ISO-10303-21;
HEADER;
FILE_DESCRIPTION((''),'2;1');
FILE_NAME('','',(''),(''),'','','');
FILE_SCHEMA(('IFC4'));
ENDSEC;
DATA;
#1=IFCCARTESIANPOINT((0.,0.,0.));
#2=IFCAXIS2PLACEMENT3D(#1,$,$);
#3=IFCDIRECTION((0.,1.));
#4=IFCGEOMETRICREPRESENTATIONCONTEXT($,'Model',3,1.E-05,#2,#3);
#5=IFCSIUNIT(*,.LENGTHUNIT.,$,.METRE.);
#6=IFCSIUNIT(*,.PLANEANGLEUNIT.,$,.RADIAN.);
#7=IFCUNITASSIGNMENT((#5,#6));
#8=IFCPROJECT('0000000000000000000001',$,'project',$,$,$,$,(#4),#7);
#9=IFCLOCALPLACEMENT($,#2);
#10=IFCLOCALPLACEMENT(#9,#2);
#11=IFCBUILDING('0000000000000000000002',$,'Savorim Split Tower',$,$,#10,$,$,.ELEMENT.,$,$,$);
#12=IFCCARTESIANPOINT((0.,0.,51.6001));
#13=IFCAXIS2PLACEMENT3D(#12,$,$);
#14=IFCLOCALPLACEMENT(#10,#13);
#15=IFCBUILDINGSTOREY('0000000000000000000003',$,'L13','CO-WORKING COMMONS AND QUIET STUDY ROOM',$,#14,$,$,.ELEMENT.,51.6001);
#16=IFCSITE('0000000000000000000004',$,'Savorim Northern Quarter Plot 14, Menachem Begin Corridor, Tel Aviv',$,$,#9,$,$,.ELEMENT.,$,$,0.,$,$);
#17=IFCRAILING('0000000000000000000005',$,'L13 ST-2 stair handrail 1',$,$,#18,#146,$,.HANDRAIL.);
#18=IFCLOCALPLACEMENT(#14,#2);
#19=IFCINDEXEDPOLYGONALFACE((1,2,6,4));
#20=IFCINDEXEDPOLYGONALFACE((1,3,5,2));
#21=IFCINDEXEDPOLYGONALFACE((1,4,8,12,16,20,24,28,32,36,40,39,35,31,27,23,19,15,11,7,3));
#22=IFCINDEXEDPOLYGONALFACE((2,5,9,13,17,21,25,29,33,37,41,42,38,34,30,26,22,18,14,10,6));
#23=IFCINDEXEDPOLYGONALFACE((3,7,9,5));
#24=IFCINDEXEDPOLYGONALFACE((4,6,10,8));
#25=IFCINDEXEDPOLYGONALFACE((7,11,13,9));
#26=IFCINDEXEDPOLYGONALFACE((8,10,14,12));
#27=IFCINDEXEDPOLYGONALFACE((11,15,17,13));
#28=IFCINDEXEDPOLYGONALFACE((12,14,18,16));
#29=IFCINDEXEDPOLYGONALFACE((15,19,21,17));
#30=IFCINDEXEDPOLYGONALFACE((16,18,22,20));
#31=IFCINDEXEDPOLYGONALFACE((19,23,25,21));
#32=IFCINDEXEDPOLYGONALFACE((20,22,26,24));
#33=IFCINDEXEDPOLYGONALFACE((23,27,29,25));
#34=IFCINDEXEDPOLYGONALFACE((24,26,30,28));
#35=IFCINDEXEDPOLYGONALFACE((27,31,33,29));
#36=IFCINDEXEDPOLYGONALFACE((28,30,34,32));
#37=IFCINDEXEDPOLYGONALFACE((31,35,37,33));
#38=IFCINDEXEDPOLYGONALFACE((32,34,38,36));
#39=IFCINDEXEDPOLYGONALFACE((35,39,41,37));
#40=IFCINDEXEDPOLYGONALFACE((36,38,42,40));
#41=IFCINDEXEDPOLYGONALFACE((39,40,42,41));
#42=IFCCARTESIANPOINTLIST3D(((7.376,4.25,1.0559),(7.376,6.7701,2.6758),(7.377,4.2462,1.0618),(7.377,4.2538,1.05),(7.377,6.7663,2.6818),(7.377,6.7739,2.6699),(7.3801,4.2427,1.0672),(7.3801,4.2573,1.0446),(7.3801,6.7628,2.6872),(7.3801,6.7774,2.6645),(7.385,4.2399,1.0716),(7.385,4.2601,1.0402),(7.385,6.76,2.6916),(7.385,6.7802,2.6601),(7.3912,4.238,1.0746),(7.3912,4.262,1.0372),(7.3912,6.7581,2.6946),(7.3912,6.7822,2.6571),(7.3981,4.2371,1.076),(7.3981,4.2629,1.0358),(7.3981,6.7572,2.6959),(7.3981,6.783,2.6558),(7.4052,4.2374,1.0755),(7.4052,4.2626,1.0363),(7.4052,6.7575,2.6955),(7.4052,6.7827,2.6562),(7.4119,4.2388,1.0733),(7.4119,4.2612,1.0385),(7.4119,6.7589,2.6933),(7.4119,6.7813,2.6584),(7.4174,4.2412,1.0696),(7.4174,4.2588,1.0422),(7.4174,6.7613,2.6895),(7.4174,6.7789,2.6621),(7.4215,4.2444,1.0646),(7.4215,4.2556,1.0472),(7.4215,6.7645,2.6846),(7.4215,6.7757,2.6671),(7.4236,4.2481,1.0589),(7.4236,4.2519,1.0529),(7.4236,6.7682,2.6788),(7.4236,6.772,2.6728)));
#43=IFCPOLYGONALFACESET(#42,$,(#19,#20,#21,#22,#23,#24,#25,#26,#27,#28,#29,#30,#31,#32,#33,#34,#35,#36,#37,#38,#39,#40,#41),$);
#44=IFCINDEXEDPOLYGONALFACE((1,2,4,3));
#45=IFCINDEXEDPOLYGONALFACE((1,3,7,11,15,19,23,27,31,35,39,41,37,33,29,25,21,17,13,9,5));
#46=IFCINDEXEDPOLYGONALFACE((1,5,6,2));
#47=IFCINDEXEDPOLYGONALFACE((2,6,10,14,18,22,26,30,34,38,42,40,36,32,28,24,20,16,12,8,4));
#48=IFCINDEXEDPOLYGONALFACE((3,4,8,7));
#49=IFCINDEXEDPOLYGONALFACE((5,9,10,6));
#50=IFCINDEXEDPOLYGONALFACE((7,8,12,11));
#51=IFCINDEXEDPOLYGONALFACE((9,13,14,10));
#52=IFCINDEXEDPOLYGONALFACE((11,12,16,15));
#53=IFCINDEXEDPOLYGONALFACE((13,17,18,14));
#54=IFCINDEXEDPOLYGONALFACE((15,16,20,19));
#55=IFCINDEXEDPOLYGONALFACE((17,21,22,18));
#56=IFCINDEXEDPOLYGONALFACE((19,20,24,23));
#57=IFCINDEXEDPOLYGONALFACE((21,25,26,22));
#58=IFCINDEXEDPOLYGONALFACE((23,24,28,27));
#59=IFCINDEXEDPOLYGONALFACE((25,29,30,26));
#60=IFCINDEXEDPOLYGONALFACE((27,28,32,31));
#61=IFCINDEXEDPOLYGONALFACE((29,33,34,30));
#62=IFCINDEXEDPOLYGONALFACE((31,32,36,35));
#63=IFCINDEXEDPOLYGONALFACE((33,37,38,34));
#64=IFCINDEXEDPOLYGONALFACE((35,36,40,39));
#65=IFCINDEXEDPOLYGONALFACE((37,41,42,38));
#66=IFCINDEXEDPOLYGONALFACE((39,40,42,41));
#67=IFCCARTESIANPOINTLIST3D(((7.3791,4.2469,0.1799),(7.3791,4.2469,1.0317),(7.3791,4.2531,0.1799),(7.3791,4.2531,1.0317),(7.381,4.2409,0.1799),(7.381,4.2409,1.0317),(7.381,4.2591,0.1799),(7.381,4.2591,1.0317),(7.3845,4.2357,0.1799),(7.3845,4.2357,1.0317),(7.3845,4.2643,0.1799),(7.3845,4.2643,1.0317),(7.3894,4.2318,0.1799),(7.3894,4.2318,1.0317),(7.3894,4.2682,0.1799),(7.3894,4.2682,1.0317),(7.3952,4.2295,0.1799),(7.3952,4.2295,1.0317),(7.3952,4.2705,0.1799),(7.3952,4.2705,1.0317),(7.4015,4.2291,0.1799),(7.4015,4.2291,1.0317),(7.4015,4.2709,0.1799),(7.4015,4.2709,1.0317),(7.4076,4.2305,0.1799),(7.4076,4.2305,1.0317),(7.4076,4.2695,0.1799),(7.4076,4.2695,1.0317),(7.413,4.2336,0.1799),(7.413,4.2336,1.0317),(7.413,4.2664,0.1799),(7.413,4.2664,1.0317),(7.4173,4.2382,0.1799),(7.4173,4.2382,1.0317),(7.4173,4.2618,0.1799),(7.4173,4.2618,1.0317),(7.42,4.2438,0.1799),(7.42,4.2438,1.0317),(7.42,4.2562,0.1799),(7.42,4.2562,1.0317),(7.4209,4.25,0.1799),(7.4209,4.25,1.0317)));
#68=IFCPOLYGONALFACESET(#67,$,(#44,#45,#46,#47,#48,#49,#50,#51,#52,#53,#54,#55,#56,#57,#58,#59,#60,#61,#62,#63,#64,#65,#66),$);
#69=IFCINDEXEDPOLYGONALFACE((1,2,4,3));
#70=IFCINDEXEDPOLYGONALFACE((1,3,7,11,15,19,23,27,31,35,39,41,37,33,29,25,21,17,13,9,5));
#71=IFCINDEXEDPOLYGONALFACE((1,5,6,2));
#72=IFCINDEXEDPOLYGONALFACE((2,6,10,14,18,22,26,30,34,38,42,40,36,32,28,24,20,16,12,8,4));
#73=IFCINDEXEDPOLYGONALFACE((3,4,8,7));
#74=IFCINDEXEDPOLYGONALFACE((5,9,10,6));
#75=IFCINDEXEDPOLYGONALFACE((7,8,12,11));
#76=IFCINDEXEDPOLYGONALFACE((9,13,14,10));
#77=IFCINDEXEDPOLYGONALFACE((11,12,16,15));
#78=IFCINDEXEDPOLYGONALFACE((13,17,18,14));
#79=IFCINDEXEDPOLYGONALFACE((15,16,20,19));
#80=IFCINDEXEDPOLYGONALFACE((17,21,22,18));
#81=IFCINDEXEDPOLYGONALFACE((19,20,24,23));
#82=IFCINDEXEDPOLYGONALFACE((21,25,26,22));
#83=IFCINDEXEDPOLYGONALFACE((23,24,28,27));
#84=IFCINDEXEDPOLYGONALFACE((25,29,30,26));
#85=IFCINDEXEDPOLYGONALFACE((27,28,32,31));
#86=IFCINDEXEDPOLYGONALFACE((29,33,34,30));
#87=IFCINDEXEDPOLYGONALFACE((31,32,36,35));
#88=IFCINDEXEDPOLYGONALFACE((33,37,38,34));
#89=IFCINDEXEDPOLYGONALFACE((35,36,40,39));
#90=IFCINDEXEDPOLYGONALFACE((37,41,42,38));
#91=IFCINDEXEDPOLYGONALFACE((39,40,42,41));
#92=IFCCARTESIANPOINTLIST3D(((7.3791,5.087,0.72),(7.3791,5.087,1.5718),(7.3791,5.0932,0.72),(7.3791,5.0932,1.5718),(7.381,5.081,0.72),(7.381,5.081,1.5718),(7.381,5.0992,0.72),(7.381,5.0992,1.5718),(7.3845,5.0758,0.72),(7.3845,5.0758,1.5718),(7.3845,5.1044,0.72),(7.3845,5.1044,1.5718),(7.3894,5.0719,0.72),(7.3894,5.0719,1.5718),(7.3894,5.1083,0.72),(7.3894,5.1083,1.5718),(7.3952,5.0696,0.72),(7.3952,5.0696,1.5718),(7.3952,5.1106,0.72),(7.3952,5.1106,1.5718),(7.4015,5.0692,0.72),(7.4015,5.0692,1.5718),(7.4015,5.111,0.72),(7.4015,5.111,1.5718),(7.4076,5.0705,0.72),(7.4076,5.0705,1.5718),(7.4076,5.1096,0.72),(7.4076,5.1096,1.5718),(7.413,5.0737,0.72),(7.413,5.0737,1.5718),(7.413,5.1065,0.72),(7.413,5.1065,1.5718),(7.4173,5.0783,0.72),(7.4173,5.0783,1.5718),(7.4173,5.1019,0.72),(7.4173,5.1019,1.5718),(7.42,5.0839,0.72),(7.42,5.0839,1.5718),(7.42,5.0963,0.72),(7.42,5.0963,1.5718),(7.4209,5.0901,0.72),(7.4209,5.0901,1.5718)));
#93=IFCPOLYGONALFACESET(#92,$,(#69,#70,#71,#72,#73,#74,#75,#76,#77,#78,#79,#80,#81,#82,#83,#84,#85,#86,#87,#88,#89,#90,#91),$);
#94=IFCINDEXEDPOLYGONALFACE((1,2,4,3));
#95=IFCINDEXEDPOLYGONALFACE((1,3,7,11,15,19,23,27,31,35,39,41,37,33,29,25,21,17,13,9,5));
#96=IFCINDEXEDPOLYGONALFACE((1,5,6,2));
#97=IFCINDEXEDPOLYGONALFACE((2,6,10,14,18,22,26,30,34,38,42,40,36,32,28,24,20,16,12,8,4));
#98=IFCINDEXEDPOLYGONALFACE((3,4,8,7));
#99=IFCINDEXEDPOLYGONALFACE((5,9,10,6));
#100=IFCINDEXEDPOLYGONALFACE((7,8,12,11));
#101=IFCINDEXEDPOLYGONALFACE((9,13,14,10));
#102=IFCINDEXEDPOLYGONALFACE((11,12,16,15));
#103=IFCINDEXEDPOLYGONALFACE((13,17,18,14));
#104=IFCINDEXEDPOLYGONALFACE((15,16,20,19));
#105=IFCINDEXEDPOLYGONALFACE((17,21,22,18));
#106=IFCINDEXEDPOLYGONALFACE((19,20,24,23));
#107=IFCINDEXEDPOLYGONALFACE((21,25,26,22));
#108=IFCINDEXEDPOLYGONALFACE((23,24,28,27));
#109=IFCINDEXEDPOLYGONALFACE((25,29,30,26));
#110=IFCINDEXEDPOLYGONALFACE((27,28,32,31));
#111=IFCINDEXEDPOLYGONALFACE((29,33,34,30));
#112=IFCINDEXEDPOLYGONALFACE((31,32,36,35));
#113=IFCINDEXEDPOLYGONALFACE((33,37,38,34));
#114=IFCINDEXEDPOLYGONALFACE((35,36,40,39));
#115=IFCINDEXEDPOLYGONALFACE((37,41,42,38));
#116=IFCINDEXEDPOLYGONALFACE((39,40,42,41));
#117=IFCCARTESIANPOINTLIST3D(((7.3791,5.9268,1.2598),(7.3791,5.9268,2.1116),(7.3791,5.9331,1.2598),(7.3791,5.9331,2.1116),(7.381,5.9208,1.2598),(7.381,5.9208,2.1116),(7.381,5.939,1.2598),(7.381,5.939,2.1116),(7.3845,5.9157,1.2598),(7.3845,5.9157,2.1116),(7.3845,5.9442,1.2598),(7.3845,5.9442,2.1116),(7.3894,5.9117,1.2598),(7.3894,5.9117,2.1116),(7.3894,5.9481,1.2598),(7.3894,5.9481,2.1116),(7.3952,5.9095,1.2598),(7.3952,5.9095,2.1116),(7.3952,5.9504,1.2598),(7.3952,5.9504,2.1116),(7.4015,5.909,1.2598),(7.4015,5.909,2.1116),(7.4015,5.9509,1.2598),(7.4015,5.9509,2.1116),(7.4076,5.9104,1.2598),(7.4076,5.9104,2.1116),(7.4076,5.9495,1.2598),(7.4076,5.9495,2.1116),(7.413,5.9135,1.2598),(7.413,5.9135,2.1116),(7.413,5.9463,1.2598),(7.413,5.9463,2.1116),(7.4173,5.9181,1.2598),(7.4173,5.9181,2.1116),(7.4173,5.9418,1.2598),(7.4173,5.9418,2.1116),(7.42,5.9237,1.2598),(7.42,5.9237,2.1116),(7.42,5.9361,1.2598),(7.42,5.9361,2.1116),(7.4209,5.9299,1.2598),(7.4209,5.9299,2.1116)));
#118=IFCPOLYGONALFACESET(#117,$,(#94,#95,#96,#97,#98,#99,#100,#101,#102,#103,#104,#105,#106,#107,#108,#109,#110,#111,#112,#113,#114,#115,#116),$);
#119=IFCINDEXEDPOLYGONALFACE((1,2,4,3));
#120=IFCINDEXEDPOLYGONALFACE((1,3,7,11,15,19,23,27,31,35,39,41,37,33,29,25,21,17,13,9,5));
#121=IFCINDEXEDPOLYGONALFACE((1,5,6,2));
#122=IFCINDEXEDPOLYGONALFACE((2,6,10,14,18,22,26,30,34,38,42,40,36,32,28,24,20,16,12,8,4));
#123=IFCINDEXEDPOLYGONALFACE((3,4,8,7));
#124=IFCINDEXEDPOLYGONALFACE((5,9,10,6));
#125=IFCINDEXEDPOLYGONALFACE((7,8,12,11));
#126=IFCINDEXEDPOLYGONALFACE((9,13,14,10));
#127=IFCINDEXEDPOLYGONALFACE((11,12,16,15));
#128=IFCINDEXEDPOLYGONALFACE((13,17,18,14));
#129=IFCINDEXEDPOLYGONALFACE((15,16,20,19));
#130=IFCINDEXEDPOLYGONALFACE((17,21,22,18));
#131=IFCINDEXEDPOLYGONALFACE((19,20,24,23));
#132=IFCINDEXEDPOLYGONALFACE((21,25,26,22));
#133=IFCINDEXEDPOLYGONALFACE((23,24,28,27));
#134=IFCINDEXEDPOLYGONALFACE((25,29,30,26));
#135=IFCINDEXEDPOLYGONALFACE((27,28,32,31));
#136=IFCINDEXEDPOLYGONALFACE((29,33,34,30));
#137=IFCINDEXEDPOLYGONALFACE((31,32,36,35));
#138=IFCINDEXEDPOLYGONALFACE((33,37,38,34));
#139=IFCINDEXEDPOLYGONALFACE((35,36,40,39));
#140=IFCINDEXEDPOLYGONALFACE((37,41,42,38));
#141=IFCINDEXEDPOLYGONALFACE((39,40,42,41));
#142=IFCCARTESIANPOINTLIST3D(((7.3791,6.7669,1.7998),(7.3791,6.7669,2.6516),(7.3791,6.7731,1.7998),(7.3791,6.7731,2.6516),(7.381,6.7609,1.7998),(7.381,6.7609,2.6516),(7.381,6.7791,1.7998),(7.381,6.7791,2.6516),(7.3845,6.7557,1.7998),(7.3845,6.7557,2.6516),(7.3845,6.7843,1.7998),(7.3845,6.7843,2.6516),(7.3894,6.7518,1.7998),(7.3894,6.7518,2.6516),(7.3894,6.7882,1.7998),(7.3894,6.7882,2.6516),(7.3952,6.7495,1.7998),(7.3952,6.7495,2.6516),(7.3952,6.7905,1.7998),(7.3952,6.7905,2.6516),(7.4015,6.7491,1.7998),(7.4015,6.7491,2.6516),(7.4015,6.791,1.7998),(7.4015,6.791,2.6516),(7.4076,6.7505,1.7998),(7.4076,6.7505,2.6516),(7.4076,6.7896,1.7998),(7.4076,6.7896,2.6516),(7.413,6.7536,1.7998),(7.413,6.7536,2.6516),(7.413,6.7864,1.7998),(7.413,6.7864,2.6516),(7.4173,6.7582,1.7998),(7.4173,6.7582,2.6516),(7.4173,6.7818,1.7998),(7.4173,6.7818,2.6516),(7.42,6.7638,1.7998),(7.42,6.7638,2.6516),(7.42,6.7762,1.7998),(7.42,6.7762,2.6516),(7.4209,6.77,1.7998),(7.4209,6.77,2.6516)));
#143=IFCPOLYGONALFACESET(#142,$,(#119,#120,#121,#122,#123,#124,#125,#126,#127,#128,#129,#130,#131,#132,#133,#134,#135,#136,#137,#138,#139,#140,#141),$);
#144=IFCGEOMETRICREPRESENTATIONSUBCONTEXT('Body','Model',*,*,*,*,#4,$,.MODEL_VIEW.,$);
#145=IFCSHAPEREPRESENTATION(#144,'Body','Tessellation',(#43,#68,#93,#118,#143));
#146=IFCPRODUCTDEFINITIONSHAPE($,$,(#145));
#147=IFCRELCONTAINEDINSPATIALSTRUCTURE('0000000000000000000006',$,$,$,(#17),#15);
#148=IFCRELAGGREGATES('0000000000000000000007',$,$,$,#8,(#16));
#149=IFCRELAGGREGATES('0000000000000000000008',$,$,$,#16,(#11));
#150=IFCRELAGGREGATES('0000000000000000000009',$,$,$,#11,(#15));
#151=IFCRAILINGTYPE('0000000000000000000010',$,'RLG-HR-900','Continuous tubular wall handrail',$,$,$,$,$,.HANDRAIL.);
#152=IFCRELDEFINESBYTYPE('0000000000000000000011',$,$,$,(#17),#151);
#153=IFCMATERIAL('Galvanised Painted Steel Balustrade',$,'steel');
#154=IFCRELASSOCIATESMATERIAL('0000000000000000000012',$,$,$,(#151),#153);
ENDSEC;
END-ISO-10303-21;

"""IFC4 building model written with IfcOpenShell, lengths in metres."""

from ifc_helpers import new_model, si_unit, direction, frame, origin, origin_2d, place, context, subcontext, project, spatial, circle, extrude, material, type_object, element, save


model = new_model("IFC4")

# Units and contexts
model_context = context("Model", 3, precision=1e-05, world=origin(), true_north=direction((0.0, 1.0)))
body_context = subcontext(model_context, "Body", "Model", "MODEL_VIEW")
ifc_project = project(units=[si_unit("LENGTHUNIT", "METRE"), si_unit("PLANEANGLEUNIT", "RADIAN")], contexts=[model_context])

# Site, building, storey
site_placement = place(None, origin())
site = spatial("IfcSite", under=ifc_project, at=site_placement, Name="Savorim Northern Quarter Plot 14, Menachem Begin Corridor, Tel Aviv", CompositionType="ELEMENT", RefElevation=0.0)
building_placement = place(site_placement, origin())
building = spatial("IfcBuilding", under=site, at=building_placement, Name="Savorim Split Tower", CompositionType="ELEMENT")
storey_placement = place(building_placement, frame((0.0, 0.0, 51.6001)))
storey = spatial("IfcBuildingStorey", under=building, at=storey_placement, Name="L13", Description="CO-WORKING COMMONS AND QUIET STUDY ROOM", CompositionType="ELEMENT", Elevation=51.6001)

# Railing
ifc_material_1 = material(Name="Galvanised Painted Steel Balustrade", Category="steel")
railing_type_1 = type_object("IfcRailingType", Name="RLG-HR-900", Description="Continuous tubular wall handrail", PredefinedType="HANDRAIL", material=ifc_material_1)
railing_1_placement = place(storey_placement, frame((7.3999, 4.25, 0.1799)))
element("IfcRailing", 1, at=railing_1_placement, inside=storey, type_object=railing_type_1, Name="L13 ST-2 stair handrail 1", PredefinedType="HANDRAIL", context=body_context, shape_type="SweptSolid", body=[
    extrude(circle(Radius=0.0239, at=origin_2d()), frame((0.0, 0.0, 0.876), z_axis=(0.0, 0.8412, 0.540725), x_axis=(-1.0, 0.0, 0.0)), (0.0, 0.0, 1.0), 2.9958),
    extrude(circle(Radius=0.021, at=origin_2d()), origin(), (0.0, 0.0, 1.0), 0.8518),
    extrude(circle(Radius=0.021, at=origin_2d()), frame((0.0, 0.8401, 0.54)), (0.0, 0.0, 1.0), 0.8518),
    extrude(circle(Radius=0.021, at=origin_2d()), frame((0.0, 1.6799, 1.0798)), (0.0, 0.0, 1.0), 0.8518),
    extrude(circle(Radius=0.021, at=origin_2d()), frame((0.0, 2.52, 1.6199)), (0.0, 0.0, 1.0), 0.8518),
])

save(model, "model.ifc")
